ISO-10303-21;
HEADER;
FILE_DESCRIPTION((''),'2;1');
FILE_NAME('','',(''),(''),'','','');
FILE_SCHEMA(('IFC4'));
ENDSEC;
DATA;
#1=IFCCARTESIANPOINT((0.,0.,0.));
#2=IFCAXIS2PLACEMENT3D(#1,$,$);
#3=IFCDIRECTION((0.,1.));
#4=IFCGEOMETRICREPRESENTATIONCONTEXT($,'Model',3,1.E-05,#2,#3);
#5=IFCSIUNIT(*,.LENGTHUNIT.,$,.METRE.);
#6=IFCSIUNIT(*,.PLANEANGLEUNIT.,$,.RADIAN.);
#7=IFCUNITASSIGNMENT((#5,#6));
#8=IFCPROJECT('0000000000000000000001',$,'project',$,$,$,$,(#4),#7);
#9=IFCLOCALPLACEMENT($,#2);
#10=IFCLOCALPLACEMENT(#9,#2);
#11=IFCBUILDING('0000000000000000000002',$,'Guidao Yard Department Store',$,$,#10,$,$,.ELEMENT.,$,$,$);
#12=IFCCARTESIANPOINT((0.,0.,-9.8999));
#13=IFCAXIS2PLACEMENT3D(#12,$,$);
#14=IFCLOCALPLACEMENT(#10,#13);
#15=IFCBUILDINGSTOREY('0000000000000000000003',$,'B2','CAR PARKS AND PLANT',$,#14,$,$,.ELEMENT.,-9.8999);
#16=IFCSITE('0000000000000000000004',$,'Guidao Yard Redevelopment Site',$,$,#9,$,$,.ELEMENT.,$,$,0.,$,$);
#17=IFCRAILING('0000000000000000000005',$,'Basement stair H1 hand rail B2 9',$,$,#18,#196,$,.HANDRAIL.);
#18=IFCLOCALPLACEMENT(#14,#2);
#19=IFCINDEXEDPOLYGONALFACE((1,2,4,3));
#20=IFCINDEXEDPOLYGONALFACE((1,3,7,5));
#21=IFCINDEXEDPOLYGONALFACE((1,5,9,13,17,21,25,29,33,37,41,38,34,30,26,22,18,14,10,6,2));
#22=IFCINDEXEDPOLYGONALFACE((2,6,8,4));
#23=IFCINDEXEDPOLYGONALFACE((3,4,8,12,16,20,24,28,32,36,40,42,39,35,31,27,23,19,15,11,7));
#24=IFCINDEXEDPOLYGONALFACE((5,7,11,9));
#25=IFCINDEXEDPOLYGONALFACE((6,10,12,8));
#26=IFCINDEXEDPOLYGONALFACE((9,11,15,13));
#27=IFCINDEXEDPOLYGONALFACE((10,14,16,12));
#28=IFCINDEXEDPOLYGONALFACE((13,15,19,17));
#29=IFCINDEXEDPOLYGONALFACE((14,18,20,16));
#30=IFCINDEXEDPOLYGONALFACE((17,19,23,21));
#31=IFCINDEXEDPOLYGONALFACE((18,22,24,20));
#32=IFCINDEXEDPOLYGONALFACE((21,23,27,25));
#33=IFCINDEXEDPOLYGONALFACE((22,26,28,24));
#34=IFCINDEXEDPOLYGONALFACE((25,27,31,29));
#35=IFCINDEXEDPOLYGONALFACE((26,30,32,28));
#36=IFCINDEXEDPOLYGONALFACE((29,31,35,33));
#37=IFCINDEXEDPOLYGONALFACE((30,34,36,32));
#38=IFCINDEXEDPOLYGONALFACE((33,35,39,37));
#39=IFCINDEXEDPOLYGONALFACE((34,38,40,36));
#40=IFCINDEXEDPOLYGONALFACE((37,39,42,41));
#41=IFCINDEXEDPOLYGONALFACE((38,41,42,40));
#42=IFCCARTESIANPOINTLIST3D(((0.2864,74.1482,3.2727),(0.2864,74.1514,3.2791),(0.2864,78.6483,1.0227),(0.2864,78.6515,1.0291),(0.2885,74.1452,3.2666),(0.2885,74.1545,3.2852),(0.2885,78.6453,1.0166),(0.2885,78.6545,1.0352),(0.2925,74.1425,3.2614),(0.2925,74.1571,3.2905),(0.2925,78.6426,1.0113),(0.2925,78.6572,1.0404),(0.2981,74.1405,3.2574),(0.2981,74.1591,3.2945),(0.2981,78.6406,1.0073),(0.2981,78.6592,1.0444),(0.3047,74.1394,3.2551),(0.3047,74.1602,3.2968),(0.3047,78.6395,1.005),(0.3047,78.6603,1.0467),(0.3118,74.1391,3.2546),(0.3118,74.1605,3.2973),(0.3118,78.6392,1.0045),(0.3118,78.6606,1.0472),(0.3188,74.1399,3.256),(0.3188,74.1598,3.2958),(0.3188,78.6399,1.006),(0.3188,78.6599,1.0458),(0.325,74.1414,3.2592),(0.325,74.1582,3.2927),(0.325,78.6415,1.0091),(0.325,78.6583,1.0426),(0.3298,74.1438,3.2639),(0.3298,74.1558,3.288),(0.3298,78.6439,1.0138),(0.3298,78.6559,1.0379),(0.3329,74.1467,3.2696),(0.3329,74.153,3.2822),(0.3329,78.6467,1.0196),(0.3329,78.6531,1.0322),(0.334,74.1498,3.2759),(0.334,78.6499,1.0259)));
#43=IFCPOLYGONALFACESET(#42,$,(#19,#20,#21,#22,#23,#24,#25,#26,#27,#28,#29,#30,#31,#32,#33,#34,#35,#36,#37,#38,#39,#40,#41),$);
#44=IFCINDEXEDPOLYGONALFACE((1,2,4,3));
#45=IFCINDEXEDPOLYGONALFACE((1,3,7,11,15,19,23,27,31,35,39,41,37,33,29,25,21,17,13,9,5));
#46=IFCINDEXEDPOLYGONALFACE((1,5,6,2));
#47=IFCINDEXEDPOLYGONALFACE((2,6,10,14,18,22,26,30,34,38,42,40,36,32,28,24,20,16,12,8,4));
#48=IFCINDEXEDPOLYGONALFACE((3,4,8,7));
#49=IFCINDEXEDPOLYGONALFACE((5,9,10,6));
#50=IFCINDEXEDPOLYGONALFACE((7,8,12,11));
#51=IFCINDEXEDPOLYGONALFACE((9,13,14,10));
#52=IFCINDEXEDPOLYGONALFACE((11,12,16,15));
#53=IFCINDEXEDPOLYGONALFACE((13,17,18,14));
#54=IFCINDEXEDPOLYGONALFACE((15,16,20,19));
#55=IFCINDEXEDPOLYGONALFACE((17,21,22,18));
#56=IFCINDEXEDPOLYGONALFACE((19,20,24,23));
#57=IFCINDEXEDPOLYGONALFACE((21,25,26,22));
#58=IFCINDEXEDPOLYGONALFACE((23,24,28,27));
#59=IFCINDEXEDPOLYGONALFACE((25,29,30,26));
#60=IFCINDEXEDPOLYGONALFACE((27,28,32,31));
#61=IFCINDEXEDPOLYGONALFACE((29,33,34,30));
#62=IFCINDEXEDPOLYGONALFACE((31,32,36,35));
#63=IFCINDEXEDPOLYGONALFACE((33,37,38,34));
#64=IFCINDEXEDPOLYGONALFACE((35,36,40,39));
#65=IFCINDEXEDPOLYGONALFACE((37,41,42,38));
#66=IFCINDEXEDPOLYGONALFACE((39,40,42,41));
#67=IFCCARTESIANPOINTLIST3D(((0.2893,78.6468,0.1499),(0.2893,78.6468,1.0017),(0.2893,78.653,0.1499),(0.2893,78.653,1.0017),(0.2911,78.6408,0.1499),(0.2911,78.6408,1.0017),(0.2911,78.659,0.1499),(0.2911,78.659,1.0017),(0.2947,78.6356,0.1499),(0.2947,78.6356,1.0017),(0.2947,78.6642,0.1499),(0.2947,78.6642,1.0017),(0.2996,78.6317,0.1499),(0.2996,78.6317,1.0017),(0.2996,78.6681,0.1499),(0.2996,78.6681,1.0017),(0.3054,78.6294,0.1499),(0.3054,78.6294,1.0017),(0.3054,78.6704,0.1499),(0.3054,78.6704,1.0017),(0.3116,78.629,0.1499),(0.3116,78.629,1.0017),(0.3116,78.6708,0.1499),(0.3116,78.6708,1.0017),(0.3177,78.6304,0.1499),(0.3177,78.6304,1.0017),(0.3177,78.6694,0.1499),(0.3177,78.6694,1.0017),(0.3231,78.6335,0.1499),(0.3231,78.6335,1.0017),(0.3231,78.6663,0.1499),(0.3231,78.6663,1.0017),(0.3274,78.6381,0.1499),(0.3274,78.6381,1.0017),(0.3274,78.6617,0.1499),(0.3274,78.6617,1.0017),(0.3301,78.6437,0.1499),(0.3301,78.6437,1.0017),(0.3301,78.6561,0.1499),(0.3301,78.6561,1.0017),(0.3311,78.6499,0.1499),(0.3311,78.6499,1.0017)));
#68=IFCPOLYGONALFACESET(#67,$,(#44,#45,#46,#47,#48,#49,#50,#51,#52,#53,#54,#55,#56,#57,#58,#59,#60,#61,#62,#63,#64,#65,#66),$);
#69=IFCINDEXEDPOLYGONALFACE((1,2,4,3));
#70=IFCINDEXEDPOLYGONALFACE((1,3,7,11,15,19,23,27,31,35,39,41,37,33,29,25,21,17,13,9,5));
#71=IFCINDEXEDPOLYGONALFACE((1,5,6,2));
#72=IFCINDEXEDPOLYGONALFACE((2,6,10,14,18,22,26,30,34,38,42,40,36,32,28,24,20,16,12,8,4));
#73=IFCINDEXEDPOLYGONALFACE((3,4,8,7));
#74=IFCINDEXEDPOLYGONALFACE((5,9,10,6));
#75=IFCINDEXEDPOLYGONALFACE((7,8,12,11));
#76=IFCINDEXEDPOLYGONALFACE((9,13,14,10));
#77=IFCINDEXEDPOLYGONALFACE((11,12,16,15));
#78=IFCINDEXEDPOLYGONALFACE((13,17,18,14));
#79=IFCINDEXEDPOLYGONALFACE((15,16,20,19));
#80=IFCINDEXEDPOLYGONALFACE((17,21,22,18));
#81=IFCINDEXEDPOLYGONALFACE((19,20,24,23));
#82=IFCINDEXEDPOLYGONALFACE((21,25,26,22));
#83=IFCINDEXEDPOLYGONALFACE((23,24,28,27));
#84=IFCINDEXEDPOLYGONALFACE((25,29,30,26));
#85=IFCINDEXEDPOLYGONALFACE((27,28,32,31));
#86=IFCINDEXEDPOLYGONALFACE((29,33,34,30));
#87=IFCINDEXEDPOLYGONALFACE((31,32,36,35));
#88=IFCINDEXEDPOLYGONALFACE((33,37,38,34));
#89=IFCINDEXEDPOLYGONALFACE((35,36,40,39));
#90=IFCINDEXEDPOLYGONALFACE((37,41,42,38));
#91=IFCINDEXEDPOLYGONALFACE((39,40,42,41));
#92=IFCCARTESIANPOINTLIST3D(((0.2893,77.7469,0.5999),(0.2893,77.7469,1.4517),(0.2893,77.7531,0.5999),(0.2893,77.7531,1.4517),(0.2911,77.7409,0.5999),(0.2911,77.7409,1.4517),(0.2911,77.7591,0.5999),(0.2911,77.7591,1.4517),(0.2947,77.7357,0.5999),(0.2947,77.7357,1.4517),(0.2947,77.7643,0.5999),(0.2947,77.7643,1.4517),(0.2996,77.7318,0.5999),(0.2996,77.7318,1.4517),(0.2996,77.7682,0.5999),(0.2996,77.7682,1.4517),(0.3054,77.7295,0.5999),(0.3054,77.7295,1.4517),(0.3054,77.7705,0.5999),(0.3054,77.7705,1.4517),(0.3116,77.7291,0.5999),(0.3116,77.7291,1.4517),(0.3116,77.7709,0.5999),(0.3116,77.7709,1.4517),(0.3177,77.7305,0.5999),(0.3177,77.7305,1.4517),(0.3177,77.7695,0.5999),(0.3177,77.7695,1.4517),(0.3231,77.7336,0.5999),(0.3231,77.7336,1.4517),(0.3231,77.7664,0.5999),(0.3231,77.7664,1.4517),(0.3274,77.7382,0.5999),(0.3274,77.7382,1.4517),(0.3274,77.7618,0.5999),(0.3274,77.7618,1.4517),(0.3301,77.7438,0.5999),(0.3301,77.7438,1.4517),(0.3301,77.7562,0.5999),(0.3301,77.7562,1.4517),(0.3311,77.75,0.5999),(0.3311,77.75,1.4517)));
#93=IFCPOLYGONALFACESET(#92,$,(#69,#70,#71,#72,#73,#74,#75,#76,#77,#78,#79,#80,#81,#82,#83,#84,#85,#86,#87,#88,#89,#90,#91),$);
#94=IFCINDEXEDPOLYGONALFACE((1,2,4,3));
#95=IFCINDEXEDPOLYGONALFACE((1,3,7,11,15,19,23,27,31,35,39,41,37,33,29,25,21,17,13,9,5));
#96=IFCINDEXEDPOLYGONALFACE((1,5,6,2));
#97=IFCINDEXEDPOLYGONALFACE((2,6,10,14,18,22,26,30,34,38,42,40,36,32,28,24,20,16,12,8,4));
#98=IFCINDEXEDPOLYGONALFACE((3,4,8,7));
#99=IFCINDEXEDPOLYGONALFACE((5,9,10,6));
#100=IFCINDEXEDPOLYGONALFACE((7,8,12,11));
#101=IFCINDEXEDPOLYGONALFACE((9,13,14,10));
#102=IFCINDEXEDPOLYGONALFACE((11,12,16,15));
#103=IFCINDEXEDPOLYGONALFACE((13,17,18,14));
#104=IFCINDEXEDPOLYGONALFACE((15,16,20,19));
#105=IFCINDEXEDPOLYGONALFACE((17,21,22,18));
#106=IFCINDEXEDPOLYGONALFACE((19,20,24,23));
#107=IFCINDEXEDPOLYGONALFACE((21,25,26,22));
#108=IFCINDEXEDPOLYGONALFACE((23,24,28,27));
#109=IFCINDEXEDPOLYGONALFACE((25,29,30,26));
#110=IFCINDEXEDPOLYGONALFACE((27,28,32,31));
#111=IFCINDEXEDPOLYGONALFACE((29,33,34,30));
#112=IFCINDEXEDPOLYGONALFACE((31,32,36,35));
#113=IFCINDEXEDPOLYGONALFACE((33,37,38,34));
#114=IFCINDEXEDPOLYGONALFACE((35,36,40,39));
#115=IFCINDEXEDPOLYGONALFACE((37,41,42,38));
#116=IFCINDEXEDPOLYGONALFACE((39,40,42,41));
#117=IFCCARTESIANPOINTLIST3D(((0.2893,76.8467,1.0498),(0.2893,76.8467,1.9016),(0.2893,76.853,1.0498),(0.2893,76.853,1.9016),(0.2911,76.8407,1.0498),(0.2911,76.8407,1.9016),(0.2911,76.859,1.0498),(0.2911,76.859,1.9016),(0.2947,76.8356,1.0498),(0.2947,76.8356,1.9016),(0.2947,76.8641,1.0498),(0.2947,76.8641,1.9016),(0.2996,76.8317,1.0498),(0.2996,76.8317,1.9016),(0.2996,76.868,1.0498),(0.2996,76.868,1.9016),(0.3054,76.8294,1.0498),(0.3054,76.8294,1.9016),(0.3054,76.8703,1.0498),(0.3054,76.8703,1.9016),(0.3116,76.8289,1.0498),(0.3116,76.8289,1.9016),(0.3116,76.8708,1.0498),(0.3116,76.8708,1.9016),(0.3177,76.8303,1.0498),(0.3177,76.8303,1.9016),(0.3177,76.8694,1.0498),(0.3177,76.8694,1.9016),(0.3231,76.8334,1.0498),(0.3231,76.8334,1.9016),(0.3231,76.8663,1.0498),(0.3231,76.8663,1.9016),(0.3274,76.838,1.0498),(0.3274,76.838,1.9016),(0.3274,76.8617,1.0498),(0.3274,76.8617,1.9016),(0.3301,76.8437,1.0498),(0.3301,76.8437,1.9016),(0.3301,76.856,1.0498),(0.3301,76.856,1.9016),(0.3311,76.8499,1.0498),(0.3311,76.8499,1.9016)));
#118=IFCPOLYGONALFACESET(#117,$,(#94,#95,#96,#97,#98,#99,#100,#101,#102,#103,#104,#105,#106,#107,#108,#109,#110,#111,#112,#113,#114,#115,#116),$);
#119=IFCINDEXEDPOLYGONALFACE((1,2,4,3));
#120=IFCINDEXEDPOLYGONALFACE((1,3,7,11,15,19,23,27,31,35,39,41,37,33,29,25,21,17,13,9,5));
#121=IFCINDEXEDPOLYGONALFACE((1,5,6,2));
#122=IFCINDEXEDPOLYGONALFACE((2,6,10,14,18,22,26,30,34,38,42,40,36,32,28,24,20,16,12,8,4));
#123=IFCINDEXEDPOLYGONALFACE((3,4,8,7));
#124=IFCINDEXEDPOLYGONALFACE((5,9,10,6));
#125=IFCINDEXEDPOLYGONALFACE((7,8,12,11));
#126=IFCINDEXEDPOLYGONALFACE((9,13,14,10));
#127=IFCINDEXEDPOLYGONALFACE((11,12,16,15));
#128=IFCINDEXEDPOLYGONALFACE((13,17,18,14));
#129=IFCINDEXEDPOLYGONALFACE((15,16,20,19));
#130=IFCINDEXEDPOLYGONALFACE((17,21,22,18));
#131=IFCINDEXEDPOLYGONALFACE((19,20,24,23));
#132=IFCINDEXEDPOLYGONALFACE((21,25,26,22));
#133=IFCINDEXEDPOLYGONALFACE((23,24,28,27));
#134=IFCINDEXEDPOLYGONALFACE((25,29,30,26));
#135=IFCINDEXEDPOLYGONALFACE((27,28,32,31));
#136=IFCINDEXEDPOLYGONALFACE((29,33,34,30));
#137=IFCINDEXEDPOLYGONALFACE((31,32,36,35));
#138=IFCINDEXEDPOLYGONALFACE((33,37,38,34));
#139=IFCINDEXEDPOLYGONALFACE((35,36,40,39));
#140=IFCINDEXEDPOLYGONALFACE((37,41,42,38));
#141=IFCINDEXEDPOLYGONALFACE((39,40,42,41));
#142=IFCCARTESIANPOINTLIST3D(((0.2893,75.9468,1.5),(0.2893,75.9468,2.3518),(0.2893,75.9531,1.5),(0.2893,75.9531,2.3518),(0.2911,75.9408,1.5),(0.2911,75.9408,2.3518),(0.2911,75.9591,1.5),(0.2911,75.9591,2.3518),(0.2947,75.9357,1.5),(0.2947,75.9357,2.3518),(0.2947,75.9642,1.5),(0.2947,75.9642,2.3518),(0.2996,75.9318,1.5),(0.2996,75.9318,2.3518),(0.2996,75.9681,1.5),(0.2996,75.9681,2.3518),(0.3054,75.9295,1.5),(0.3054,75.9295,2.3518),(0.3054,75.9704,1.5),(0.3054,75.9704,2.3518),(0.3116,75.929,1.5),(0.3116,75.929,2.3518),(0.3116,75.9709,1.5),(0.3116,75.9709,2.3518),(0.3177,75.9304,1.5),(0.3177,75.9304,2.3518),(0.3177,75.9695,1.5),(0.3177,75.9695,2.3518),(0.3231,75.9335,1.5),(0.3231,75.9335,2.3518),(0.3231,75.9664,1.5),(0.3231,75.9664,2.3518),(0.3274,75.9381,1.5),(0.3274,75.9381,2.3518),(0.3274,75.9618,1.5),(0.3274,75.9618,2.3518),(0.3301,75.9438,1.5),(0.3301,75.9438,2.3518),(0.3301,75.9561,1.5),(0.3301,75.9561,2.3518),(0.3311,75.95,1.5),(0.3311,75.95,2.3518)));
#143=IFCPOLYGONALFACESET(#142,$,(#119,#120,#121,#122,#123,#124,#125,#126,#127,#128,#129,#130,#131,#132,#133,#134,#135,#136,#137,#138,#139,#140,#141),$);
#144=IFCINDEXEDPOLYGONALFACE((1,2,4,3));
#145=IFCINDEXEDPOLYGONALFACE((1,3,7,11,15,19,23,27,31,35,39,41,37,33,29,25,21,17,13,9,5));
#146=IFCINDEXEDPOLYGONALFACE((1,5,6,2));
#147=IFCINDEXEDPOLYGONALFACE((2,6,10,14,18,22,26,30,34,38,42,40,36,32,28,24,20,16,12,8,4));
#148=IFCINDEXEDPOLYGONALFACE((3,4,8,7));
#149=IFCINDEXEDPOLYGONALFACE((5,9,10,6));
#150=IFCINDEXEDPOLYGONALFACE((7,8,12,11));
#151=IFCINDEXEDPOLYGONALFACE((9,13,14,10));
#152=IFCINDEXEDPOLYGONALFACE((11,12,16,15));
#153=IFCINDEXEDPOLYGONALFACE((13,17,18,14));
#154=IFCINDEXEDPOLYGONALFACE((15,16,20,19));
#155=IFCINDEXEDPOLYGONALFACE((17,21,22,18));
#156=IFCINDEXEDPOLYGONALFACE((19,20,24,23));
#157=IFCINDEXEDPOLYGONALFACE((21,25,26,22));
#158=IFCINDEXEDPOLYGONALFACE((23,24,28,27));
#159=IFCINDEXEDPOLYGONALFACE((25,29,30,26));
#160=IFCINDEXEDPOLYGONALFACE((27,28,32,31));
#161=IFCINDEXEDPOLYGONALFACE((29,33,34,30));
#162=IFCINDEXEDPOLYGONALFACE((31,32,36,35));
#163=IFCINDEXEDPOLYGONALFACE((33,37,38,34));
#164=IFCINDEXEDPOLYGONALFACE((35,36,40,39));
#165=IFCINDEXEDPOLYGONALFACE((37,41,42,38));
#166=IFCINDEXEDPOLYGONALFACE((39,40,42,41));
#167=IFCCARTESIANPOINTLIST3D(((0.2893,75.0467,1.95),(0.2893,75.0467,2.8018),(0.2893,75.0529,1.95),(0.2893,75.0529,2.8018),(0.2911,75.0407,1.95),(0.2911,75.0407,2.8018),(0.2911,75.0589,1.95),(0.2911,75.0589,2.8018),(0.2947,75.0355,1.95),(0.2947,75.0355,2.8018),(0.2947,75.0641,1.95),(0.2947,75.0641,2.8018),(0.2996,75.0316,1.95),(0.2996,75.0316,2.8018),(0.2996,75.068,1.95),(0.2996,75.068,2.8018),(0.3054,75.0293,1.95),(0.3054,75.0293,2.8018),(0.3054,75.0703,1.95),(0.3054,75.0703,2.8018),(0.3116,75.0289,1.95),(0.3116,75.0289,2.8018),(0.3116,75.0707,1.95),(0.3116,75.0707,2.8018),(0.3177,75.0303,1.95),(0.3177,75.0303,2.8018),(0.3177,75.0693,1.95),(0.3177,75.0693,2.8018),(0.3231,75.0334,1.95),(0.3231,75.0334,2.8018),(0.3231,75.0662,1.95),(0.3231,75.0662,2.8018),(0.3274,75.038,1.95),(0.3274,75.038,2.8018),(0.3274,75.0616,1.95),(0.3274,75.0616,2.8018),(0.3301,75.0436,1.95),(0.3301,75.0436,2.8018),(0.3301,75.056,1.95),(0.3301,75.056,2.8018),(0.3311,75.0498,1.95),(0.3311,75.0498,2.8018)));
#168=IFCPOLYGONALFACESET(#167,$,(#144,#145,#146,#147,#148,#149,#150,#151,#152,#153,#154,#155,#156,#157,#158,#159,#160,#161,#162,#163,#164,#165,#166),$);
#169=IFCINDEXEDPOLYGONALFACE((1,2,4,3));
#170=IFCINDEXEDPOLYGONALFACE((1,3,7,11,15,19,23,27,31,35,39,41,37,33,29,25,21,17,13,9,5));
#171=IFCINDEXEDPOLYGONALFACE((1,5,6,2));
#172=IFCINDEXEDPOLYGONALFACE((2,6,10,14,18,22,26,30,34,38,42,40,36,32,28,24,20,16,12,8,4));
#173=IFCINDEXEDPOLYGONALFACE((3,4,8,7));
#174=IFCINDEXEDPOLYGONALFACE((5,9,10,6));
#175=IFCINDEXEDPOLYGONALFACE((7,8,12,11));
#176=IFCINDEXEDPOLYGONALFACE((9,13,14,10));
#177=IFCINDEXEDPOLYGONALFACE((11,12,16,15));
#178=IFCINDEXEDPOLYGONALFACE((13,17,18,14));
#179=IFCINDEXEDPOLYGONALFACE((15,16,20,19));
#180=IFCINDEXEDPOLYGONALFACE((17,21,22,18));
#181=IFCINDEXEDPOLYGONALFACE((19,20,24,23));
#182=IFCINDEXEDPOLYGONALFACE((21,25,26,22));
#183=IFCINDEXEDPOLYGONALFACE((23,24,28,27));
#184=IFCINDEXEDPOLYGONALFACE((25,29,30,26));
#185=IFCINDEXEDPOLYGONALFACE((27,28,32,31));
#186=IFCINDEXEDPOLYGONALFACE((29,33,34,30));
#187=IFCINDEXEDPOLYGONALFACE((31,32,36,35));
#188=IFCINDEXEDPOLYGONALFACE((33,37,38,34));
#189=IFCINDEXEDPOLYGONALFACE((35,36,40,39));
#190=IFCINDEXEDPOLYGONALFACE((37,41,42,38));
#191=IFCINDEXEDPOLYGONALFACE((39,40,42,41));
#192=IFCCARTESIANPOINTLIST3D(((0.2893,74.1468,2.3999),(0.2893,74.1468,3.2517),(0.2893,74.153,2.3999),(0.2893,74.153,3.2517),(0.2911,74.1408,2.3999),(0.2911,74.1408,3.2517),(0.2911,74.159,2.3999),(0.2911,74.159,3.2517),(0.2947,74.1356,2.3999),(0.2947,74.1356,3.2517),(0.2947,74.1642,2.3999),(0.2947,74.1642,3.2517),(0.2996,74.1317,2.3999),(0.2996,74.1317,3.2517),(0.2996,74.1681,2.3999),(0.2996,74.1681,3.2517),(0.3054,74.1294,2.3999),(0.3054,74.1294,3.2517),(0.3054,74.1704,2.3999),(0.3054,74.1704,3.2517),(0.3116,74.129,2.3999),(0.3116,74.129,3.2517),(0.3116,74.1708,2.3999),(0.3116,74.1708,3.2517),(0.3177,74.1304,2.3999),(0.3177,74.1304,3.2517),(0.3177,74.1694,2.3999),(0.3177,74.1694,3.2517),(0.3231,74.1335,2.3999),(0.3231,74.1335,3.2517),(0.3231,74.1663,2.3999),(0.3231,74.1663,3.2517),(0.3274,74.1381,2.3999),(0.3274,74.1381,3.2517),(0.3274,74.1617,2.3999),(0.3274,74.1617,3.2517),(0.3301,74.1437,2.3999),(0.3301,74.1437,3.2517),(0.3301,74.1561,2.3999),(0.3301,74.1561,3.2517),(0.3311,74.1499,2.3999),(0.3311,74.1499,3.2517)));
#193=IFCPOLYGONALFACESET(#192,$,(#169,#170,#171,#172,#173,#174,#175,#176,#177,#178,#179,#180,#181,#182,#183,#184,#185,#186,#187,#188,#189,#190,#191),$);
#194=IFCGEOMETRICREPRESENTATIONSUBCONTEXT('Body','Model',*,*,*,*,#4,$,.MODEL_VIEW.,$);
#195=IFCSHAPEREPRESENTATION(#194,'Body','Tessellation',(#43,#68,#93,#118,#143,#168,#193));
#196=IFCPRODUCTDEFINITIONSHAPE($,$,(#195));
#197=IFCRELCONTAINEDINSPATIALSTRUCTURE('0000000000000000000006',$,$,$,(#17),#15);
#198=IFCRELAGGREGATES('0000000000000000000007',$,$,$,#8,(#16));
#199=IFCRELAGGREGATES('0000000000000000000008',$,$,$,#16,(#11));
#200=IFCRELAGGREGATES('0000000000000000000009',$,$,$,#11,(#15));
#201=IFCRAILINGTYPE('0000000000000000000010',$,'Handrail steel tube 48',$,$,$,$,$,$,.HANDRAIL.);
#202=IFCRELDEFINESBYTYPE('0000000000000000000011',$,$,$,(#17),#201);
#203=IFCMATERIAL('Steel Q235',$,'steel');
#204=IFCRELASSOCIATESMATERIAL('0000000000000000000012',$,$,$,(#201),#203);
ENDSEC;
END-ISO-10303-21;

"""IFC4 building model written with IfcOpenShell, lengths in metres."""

from ifc_helpers import new_model, si_unit, direction, frame, origin, origin_2d, place, context, subcontext, project, spatial, circle, extrude, material, type_object, element, save


model = new_model("IFC4")

# Units and contexts
model_context = context("Model", 3, precision=1e-05, world=origin(), true_north=direction((0.0, 1.0)))
body_context = subcontext(model_context, "Body", "Model", "MODEL_VIEW")
ifc_project = project(units=[si_unit("LENGTHUNIT", "METRE"), si_unit("PLANEANGLEUNIT", "RADIAN")], contexts=[model_context])

# Site, building, storey
site_placement = place(None, origin())
site = spatial("IfcSite", under=ifc_project, at=site_placement, Name="Guidao Yard Redevelopment Site", CompositionType="ELEMENT", RefElevation=0.0)
building_placement = place(site_placement, origin())
building = spatial("IfcBuilding", under=site, at=building_placement, Name="Guidao Yard Department Store", CompositionType="ELEMENT")
storey_placement = place(building_placement, frame((0.0, 0.0, -9.8999)))
storey = spatial("IfcBuildingStorey", under=building, at=storey_placement, Name="B2", Description="CAR PARKS AND PLANT", CompositionType="ELEMENT", Elevation=-9.8999)

# Railing
ifc_material_1 = material(Name="Steel Q235", Category="steel")
railing_type_1 = type_object("IfcRailingType", Name="Handrail steel tube 48", PredefinedType="HANDRAIL", material=ifc_material_1)
for number, where, name in (
    (1, (0.3101, 78.6499, 0.1499), "Basement stair H1 hand rail B2 9"),
):
    element("IfcRailing", number, at=place(storey_placement, frame(where)), inside=storey, type_object=railing_type_1, Name=name, PredefinedType="HANDRAIL", context=body_context, shape_type="SweptSolid", body=[
        extrude(circle(Radius=0.0239, at=origin_2d()), frame((0.0, 0.0, 0.876), z_axis=(0.0, -0.894427, 0.447214), x_axis=(1.0, 0.0, 0.0)), (0.0, 0.0, 1.0), 5.0312),
        extrude(circle(Radius=0.021, at=origin_2d()), origin(), (0.0, 0.0, 1.0), 0.8518),
        extrude(circle(Radius=0.021, at=origin_2d()), frame((0.0, -0.8999, 0.45)), (0.0, 0.0, 1.0), 0.8518),
        extrude(circle(Radius=0.021, at=origin_2d()), frame((0.0, -1.8, 0.8999)), (0.0, 0.0, 1.0), 0.8518),
        extrude(circle(Radius=0.021, at=origin_2d()), frame((0.0, -2.7, 1.3501)), (0.0, 0.0, 1.0), 0.8518),
        extrude(circle(Radius=0.021, at=origin_2d()), frame((0.0, -3.6001, 1.8)), (0.0, 0.0, 1.0), 0.8518),
        extrude(circle(Radius=0.021, at=origin_2d()), frame((0.0, -4.5, 2.25)), (0.0, 0.0, 1.0), 0.8518),
    ])

save(model, "model.ifc")
